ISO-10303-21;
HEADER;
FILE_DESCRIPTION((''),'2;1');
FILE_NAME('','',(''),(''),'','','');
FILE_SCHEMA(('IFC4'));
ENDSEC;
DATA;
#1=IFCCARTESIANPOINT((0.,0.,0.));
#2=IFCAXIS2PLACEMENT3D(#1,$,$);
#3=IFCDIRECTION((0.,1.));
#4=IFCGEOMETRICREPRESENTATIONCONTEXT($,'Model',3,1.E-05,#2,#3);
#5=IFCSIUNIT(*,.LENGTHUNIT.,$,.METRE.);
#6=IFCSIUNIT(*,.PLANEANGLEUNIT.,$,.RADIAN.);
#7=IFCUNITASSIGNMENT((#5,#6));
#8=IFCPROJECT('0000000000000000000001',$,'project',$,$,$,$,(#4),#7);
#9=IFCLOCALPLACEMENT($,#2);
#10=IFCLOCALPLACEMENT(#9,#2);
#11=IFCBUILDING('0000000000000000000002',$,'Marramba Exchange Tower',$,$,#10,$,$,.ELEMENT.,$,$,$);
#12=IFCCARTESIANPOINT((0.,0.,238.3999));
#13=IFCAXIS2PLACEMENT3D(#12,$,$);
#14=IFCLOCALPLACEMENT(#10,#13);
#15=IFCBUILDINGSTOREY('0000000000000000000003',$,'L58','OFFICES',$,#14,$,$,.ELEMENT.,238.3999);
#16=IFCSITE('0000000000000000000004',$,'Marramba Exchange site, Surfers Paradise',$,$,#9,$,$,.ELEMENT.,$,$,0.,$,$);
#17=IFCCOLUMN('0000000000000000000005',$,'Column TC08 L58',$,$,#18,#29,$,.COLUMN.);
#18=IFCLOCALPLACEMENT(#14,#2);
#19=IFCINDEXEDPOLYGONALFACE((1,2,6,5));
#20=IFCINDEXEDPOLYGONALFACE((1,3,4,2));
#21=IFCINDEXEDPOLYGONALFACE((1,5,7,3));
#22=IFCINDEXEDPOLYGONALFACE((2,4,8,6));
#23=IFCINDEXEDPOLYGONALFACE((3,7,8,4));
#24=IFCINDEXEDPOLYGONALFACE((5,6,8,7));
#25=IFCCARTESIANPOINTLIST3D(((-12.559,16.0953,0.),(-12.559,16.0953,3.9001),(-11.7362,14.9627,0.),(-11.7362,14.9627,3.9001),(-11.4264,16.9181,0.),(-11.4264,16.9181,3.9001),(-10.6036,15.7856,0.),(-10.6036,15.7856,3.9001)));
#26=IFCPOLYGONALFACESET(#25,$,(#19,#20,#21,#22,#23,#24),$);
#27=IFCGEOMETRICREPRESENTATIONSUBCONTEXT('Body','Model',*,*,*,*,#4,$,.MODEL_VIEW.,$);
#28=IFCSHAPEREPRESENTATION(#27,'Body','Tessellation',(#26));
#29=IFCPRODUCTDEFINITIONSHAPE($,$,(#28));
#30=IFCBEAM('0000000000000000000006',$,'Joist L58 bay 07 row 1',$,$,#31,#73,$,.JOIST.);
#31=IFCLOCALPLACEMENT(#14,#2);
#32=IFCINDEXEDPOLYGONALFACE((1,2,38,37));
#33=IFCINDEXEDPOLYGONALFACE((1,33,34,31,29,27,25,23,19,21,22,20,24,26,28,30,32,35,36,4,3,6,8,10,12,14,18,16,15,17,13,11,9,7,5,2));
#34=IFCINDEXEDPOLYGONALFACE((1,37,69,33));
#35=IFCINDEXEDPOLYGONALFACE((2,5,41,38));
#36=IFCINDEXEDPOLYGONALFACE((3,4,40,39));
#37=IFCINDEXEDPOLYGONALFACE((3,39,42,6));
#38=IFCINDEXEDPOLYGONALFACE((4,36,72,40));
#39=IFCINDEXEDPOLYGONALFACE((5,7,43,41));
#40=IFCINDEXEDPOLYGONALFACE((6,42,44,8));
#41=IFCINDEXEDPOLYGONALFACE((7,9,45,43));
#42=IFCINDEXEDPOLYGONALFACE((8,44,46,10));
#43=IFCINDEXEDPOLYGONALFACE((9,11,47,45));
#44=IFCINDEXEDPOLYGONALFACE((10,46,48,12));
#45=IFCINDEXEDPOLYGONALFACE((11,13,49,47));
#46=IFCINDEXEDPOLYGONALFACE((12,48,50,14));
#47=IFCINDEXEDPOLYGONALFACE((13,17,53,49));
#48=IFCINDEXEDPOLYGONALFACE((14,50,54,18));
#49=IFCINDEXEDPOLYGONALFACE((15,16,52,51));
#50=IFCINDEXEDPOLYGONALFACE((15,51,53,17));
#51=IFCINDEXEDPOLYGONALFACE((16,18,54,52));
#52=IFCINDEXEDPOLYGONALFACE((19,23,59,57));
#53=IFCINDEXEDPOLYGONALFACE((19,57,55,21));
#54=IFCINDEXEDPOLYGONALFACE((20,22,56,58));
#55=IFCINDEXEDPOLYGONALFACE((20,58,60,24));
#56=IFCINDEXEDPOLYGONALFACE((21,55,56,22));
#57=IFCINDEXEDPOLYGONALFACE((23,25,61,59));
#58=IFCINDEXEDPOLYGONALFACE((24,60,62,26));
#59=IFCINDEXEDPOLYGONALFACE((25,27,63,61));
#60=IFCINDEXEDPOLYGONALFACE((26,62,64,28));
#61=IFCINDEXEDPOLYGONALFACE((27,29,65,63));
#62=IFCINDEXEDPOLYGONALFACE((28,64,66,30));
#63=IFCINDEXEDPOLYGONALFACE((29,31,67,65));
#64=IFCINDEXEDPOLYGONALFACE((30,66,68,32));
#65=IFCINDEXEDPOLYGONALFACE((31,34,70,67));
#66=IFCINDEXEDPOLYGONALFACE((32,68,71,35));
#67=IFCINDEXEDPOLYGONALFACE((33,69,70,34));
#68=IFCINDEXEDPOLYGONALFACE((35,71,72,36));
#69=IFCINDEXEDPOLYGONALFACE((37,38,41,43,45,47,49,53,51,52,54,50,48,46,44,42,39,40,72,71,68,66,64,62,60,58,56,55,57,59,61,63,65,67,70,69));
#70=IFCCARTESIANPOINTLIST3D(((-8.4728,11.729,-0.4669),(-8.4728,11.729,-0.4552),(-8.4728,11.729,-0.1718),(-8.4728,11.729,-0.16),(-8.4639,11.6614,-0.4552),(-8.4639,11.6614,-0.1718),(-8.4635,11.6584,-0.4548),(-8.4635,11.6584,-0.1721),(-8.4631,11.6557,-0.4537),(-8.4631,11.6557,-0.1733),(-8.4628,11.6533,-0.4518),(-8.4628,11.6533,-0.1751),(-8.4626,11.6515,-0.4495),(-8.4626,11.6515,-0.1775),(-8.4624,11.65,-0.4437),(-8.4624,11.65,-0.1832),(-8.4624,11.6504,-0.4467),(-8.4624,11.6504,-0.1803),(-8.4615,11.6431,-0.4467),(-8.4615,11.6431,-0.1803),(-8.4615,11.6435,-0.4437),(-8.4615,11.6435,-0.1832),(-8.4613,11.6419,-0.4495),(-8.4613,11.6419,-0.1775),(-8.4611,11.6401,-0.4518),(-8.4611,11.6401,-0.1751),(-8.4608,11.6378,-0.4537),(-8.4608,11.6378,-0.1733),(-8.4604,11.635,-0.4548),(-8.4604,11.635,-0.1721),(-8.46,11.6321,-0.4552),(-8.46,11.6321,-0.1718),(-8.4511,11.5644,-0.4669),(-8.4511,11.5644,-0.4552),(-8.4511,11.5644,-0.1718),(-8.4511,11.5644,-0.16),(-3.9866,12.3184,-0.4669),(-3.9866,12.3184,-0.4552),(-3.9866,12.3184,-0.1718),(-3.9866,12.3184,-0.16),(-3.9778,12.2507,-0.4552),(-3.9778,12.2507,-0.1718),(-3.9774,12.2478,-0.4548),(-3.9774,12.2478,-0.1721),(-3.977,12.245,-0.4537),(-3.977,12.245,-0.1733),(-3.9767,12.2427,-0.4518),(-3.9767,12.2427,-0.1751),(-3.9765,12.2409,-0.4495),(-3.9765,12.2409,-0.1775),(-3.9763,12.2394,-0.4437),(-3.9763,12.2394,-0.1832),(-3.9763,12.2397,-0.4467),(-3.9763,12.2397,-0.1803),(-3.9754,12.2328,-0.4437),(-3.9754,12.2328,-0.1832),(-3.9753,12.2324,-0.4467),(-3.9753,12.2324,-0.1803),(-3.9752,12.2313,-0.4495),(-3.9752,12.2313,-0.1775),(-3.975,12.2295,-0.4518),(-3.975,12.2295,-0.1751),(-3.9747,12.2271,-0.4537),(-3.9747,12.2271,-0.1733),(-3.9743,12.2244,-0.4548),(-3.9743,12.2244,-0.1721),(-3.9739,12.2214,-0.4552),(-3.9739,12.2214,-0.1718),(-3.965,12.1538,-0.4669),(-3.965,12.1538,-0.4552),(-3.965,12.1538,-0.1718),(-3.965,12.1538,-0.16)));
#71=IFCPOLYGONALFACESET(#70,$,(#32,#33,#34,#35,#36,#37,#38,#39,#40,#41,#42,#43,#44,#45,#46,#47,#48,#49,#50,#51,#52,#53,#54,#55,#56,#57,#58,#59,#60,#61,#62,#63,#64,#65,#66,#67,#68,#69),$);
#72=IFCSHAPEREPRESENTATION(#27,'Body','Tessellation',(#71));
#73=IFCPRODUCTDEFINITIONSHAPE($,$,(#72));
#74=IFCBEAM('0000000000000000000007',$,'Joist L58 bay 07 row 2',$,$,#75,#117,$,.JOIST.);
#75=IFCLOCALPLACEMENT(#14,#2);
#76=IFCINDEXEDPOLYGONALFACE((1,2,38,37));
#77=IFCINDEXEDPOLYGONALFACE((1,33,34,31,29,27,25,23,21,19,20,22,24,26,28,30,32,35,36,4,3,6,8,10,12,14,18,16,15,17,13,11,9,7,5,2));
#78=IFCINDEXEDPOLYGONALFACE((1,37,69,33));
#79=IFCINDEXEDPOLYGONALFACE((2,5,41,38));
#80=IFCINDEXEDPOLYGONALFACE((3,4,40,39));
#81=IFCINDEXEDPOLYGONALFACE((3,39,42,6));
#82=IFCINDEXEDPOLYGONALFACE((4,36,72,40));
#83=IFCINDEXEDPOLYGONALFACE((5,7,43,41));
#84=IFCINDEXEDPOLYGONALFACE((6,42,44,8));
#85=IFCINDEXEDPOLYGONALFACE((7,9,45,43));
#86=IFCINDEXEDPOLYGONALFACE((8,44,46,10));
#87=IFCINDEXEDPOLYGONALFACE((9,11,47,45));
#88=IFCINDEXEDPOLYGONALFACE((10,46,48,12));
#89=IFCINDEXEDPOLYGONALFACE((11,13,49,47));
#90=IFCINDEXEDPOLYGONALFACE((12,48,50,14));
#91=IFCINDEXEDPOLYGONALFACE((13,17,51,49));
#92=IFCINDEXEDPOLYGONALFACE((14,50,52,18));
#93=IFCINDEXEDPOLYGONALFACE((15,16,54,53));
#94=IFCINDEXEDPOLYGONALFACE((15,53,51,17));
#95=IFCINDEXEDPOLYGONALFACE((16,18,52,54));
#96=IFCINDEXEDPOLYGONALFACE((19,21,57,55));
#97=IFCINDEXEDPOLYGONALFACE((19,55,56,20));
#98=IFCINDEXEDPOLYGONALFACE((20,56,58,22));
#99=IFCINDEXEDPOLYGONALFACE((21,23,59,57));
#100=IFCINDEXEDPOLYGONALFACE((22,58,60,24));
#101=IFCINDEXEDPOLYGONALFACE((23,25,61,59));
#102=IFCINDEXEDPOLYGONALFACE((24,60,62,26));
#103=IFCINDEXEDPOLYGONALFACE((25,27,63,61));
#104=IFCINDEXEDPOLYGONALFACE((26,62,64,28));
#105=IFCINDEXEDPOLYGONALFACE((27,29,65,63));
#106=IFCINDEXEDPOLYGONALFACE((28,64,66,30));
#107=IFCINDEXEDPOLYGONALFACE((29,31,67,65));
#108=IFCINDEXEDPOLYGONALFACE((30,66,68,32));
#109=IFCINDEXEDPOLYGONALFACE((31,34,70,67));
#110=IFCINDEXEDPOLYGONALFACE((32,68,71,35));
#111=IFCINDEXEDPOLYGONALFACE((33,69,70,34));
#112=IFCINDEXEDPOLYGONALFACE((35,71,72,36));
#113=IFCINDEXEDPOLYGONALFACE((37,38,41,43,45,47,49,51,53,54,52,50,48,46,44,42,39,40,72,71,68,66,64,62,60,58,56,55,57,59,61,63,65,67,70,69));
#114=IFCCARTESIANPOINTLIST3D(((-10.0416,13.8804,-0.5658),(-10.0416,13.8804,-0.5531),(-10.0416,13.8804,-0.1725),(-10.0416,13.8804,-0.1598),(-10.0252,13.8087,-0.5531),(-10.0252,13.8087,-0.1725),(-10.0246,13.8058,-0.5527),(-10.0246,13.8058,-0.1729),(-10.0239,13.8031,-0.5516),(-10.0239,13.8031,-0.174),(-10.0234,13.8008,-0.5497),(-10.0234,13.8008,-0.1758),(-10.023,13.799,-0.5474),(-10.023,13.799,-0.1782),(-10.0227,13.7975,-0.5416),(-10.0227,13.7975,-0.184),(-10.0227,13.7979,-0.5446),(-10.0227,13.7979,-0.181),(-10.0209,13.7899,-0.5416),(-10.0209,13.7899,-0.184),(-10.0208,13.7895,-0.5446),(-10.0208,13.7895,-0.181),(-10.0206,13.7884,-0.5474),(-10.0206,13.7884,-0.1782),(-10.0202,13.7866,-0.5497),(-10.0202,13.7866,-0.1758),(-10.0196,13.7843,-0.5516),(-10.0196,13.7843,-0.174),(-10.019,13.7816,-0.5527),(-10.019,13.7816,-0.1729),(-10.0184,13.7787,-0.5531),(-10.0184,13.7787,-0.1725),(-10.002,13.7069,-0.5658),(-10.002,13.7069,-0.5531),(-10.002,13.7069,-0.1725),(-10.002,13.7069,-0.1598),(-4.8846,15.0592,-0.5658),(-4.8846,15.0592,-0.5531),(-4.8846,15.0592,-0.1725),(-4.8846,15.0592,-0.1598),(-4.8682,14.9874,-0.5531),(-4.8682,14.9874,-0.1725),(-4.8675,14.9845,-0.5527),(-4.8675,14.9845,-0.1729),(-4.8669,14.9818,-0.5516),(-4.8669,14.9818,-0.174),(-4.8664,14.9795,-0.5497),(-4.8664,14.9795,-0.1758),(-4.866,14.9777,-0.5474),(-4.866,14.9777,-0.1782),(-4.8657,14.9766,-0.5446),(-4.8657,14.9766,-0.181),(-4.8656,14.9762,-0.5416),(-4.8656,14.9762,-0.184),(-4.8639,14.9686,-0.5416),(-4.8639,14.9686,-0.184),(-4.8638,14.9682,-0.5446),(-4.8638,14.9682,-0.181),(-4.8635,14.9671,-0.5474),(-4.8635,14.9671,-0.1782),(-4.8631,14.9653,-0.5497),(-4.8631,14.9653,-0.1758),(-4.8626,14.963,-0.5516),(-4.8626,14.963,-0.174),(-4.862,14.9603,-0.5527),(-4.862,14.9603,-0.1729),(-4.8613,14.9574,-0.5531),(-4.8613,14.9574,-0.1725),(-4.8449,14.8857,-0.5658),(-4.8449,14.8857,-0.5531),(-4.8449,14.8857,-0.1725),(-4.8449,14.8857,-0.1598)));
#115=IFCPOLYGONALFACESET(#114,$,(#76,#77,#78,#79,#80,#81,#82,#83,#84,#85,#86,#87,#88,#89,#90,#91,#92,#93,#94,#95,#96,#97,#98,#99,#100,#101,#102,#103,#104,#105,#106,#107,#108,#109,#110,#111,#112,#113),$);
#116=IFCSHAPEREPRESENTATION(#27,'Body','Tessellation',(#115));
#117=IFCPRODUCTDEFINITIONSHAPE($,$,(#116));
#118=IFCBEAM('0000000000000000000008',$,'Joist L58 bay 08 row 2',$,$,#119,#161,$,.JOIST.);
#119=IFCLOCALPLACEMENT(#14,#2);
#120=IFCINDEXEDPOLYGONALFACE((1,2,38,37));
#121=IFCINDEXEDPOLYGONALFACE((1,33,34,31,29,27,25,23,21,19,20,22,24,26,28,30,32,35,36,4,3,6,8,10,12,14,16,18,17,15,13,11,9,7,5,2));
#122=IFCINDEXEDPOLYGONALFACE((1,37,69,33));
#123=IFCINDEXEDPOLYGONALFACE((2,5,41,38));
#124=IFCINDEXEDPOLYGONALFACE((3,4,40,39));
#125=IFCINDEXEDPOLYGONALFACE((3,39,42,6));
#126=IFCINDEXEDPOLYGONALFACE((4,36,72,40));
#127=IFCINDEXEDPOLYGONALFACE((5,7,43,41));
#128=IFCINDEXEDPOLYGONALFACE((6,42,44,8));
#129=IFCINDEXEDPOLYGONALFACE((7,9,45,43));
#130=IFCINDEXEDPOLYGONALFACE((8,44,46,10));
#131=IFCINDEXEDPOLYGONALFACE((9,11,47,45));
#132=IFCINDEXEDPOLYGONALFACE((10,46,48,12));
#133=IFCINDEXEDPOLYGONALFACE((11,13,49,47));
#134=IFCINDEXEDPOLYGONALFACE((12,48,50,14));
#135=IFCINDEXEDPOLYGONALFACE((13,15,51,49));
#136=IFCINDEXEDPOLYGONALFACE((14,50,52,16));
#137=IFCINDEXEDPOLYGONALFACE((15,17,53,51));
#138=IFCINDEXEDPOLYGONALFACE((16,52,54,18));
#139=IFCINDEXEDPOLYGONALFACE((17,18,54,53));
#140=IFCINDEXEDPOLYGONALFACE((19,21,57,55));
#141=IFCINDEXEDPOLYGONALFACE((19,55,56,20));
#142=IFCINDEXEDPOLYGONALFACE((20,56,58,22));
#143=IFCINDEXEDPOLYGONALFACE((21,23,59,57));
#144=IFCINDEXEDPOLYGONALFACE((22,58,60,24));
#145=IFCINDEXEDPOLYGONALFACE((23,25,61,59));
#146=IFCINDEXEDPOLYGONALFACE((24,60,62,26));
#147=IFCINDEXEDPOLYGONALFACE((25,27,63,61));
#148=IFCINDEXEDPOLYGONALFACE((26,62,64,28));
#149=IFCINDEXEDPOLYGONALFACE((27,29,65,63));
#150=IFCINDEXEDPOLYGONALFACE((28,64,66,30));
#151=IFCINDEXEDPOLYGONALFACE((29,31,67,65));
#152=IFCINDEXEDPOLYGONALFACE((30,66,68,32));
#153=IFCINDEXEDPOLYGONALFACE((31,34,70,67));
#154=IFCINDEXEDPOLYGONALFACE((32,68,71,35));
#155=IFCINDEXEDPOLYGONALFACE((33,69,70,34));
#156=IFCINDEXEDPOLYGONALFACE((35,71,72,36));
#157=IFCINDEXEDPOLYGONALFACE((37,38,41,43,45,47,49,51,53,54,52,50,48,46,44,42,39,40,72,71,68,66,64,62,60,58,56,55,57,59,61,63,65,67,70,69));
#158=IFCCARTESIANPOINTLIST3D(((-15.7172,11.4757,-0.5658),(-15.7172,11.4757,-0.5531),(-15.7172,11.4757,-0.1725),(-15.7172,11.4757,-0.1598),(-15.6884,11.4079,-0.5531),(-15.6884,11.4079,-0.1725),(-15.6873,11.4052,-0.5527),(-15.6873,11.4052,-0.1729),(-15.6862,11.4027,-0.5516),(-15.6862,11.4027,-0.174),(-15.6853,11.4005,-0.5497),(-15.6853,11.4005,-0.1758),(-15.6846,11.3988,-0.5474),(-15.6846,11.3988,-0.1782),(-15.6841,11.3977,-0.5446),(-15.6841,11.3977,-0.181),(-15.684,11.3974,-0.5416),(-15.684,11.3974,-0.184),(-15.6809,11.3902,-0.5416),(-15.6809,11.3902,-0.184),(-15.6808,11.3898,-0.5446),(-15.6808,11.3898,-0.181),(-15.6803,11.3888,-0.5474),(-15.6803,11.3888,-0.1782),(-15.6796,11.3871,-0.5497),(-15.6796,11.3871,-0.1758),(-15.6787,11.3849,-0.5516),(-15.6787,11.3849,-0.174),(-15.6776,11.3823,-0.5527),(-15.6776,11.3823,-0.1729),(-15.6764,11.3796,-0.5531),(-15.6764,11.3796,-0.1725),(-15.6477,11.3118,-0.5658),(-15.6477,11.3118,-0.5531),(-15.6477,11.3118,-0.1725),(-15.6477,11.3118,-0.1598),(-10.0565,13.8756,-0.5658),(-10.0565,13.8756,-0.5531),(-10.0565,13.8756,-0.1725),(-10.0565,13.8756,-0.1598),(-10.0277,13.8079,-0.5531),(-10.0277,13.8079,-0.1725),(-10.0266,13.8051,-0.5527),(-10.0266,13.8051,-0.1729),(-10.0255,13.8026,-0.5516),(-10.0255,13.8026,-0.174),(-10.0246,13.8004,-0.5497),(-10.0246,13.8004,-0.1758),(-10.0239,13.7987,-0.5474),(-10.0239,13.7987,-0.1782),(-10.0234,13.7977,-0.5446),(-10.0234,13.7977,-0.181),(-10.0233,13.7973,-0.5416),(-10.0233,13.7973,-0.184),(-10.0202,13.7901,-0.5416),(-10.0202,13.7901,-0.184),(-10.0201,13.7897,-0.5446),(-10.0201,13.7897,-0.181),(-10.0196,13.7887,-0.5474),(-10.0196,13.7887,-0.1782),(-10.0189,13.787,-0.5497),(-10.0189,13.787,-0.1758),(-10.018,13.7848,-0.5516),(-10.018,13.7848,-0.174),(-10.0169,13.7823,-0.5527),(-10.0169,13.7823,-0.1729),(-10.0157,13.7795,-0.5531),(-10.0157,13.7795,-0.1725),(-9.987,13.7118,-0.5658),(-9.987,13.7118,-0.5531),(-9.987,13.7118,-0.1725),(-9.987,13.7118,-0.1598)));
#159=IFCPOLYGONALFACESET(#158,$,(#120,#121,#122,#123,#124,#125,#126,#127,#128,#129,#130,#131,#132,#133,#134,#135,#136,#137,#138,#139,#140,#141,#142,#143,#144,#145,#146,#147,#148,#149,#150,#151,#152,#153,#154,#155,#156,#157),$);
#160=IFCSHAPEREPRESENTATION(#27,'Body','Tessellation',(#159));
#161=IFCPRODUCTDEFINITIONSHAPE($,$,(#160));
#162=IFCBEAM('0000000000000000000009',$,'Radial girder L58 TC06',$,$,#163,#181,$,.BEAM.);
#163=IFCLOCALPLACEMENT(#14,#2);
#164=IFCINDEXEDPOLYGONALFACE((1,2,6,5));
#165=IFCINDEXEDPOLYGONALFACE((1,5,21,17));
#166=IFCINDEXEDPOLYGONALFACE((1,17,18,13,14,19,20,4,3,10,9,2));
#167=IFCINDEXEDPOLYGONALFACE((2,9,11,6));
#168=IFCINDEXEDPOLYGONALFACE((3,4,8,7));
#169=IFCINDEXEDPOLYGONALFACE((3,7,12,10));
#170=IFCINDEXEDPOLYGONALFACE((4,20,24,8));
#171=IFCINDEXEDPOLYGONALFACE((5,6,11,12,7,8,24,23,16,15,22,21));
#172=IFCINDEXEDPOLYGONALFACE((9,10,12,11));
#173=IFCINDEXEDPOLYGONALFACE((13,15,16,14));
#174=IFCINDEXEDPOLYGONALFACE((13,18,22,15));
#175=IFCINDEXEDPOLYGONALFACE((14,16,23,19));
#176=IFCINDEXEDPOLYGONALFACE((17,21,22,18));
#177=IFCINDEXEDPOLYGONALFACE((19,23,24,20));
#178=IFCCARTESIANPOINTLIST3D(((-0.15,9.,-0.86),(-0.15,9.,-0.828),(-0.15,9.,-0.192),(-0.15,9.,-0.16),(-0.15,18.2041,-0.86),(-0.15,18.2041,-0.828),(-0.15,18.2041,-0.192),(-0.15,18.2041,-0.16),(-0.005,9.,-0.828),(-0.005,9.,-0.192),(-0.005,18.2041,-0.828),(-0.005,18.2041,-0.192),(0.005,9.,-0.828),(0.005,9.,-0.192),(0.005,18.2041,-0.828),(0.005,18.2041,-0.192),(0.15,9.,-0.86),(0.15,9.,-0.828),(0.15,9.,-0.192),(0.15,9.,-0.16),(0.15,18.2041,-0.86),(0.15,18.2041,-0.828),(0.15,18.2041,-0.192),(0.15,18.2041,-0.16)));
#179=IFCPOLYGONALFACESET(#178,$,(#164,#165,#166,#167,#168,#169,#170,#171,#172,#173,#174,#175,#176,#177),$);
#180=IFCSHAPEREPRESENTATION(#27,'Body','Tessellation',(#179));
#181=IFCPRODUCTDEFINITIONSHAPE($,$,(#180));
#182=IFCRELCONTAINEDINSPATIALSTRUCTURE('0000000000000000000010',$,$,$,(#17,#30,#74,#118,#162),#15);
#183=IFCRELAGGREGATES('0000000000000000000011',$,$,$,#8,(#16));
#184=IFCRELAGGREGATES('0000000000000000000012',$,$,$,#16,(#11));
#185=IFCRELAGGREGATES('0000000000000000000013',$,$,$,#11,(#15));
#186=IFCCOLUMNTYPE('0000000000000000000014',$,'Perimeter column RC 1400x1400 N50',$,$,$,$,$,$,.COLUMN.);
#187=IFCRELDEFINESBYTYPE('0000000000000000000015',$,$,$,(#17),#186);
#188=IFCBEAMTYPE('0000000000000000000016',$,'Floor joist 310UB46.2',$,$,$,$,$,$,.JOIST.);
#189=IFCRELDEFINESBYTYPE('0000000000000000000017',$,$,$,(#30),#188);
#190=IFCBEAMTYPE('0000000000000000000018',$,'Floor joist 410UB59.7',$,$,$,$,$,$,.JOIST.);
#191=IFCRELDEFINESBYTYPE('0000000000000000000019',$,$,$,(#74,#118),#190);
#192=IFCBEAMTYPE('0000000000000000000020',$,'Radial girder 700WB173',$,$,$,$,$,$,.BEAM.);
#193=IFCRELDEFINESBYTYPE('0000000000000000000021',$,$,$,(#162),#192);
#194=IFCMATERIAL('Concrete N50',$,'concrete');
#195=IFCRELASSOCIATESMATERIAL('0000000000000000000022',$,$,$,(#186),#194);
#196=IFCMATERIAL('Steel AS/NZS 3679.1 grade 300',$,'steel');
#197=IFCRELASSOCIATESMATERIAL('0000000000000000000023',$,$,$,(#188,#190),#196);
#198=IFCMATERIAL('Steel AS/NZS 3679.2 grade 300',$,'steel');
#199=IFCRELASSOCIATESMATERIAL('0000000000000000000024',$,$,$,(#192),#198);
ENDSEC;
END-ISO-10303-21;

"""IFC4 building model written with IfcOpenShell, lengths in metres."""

from ifc_helpers import new_model, si_unit, direction, frame, origin, origin_2d, place, context, subcontext, project, spatial, rectangle, i_section, extrude, material, material_profile, profile_set, type_object, element, save


model = new_model("IFC4")

# Units and contexts
model_context = context("Model", 3, precision=1e-05, world=origin(), true_north=direction((0.0, 1.0)))
body_context = subcontext(model_context, "Body", "Model", "MODEL_VIEW")
ifc_project = project(units=[si_unit("LENGTHUNIT", "METRE"), si_unit("PLANEANGLEUNIT", "RADIAN")], contexts=[model_context])

# Site, building, storey
site_placement = place(None, origin())
site = spatial("IfcSite", under=ifc_project, at=site_placement, Name="Marramba Exchange site, Surfers Paradise", CompositionType="ELEMENT", RefElevation=0.0)
building_placement = place(site_placement, origin())
building = spatial("IfcBuilding", under=site, at=building_placement, Name="Marramba Exchange Tower", CompositionType="ELEMENT")
storey_placement = place(building_placement, frame((0.0, 0.0, 238.3999)))
storey = spatial("IfcBuildingStorey", under=building, at=storey_placement, Name="L58", Description="OFFICES", CompositionType="ELEMENT", Elevation=238.3999)

# Column
ifc_material_1 = material(Name="Concrete N50", Category="concrete")
ifc_material_profile_1 = material_profile(ifc_material_1, rectangle(XDim=1.3999, YDim=1.3999, at=origin_2d()), Name="RC 1400x1400")
ifc_profile_set_1 = profile_set([ifc_material_profile_1], Name="Concrete N50")
column_type = type_object("IfcColumnType", Name="Perimeter column RC 1400x1400 N50", PredefinedType="COLUMN", material=ifc_profile_set_1)
column_placement = place(storey_placement, frame((-11.5813, 15.9404, 0.0), z_axis=(0.0, 0.0, 1.0), x_axis=(-0.587785, 0.809017, 0.0)))
element("IfcColumn", 1, at=column_placement, inside=storey, type_object=column_type, Name="Column TC08 L58", PredefinedType="COLUMN", context=body_context, shape_type="SweptSolid", body=[
    extrude(rectangle(XDim=1.3999, YDim=1.3999, at=origin_2d()), origin(), (0.0, 0.0, 1.0), 3.9001),
])

# Beams
ifc_material_2 = material(Name="Steel AS/NZS 3679.1 grade 300", Category="steel")
ifc_material_profile_2 = material_profile(ifc_material_2, i_section(OverallWidth=0.166, OverallDepth=0.3069, WebThickness=0.0066, FlangeThickness=0.0117, FilletRadius=0.0115, at=origin_2d()), Name="310UB46.2")
ifc_profile_set_2 = profile_set([ifc_material_profile_2], Name="Steel AS/NZS 3679.1 grade 300")
beam_type_1 = type_object("IfcBeamType", Name="Floor joist 310UB46.2", PredefinedType="JOIST", material=ifc_profile_set_2)
beam_1_placement = place(storey_placement, frame((-3.9758, 12.2361, -0.3135), z_axis=(-0.991481, -0.130255, 0.0), x_axis=(0.130255, -0.991481, 0.0)))
element("IfcBeam", 2, at=beam_1_placement, inside=storey, type_object=beam_type_1, Name="Joist L58 bay 07 row 1", PredefinedType="JOIST", context=body_context, shape_type="SweptSolid", body=[
    extrude(i_section(OverallWidth=0.166, OverallDepth=0.3069, WebThickness=0.0066, FlangeThickness=0.0117, FilletRadius=0.0115, at=origin_2d()), origin(), (0.0, 0.0, 1.0), 4.5247),
])
ifc_material_profile_3 = material_profile(ifc_material_2, i_section(OverallWidth=0.178, OverallDepth=0.406, WebThickness=0.0078, FlangeThickness=0.0127, FilletRadius=0.0115, at=origin_2d()), Name="410UB59.7")
ifc_profile_set_3 = profile_set([ifc_material_profile_3], Name="Steel AS/NZS 3679.1 grade 300")
beam_type_2 = type_object("IfcBeamType", Name="Floor joist 410UB59.7", PredefinedType="JOIST", material=ifc_profile_set_3)
beam_2_placement = place(storey_placement, frame((-4.8647, 14.9724, -0.3628), z_axis=(-0.97486, -0.22282, 0.0), x_axis=(0.22282, -0.97486, 0.0)))
element("IfcBeam", 3, at=beam_2_placement, inside=storey, type_object=beam_type_2, Name="Joist L58 bay 07 row 2", PredefinedType="JOIST", context=body_context, shape_type="SweptSolid", body=[
    extrude(i_section(OverallWidth=0.178, OverallDepth=0.406, WebThickness=0.0078, FlangeThickness=0.0127, FilletRadius=0.0115, at=origin_2d()), origin(), (0.0, 0.0, 1.0), 5.29),
])
beam_3_placement = place(storey_placement, frame((-10.0217, 13.7937, -0.3628), z_axis=(-0.920674, -0.390332, 0.0), x_axis=(0.390332, -0.920674, 0.0)))
element("IfcBeam", 4, at=beam_3_placement, inside=storey, type_object=beam_type_2, Name="Joist L58 bay 08 row 2", PredefinedType="JOIST", context=body_context, shape_type="SweptSolid", body=[
    extrude(i_section(OverallWidth=0.178, OverallDepth=0.406, WebThickness=0.0078, FlangeThickness=0.0127, FilletRadius=0.0115, at=origin_2d()), origin(), (0.0, 0.0, 1.0), 6.1484),
])
ifc_material_3 = material(Name="Steel AS/NZS 3679.2 grade 300", Category="steel")
ifc_material_profile_4 = material_profile(ifc_material_3, i_section(OverallWidth=0.3, OverallDepth=0.7, WebThickness=0.01, FlangeThickness=0.032, at=origin_2d()), Name="700WB173")
ifc_profile_set_4 = profile_set([ifc_material_profile_4], Name="Steel AS/NZS 3679.2 grade 300")
beam_type_3 = type_object("IfcBeamType", Name="Radial girder 700WB173", PredefinedType="BEAM", material=ifc_profile_set_4)
beam_4_placement = place(storey_placement, frame((0.0, 9.0, -0.51), z_axis=(0.0, 1.0, 0.0), x_axis=(-1.0, 0.0, 0.0)))
element("IfcBeam", 5, at=beam_4_placement, inside=storey, type_object=beam_type_3, Name="Radial girder L58 TC06", PredefinedType="BEAM", context=body_context, shape_type="SweptSolid", body=[
    extrude(i_section(OverallWidth=0.3, OverallDepth=0.7, WebThickness=0.01, FlangeThickness=0.032, at=origin_2d()), origin(), (0.0, 0.0, 1.0), 9.2041),
])

save(model, "model.ifc")
